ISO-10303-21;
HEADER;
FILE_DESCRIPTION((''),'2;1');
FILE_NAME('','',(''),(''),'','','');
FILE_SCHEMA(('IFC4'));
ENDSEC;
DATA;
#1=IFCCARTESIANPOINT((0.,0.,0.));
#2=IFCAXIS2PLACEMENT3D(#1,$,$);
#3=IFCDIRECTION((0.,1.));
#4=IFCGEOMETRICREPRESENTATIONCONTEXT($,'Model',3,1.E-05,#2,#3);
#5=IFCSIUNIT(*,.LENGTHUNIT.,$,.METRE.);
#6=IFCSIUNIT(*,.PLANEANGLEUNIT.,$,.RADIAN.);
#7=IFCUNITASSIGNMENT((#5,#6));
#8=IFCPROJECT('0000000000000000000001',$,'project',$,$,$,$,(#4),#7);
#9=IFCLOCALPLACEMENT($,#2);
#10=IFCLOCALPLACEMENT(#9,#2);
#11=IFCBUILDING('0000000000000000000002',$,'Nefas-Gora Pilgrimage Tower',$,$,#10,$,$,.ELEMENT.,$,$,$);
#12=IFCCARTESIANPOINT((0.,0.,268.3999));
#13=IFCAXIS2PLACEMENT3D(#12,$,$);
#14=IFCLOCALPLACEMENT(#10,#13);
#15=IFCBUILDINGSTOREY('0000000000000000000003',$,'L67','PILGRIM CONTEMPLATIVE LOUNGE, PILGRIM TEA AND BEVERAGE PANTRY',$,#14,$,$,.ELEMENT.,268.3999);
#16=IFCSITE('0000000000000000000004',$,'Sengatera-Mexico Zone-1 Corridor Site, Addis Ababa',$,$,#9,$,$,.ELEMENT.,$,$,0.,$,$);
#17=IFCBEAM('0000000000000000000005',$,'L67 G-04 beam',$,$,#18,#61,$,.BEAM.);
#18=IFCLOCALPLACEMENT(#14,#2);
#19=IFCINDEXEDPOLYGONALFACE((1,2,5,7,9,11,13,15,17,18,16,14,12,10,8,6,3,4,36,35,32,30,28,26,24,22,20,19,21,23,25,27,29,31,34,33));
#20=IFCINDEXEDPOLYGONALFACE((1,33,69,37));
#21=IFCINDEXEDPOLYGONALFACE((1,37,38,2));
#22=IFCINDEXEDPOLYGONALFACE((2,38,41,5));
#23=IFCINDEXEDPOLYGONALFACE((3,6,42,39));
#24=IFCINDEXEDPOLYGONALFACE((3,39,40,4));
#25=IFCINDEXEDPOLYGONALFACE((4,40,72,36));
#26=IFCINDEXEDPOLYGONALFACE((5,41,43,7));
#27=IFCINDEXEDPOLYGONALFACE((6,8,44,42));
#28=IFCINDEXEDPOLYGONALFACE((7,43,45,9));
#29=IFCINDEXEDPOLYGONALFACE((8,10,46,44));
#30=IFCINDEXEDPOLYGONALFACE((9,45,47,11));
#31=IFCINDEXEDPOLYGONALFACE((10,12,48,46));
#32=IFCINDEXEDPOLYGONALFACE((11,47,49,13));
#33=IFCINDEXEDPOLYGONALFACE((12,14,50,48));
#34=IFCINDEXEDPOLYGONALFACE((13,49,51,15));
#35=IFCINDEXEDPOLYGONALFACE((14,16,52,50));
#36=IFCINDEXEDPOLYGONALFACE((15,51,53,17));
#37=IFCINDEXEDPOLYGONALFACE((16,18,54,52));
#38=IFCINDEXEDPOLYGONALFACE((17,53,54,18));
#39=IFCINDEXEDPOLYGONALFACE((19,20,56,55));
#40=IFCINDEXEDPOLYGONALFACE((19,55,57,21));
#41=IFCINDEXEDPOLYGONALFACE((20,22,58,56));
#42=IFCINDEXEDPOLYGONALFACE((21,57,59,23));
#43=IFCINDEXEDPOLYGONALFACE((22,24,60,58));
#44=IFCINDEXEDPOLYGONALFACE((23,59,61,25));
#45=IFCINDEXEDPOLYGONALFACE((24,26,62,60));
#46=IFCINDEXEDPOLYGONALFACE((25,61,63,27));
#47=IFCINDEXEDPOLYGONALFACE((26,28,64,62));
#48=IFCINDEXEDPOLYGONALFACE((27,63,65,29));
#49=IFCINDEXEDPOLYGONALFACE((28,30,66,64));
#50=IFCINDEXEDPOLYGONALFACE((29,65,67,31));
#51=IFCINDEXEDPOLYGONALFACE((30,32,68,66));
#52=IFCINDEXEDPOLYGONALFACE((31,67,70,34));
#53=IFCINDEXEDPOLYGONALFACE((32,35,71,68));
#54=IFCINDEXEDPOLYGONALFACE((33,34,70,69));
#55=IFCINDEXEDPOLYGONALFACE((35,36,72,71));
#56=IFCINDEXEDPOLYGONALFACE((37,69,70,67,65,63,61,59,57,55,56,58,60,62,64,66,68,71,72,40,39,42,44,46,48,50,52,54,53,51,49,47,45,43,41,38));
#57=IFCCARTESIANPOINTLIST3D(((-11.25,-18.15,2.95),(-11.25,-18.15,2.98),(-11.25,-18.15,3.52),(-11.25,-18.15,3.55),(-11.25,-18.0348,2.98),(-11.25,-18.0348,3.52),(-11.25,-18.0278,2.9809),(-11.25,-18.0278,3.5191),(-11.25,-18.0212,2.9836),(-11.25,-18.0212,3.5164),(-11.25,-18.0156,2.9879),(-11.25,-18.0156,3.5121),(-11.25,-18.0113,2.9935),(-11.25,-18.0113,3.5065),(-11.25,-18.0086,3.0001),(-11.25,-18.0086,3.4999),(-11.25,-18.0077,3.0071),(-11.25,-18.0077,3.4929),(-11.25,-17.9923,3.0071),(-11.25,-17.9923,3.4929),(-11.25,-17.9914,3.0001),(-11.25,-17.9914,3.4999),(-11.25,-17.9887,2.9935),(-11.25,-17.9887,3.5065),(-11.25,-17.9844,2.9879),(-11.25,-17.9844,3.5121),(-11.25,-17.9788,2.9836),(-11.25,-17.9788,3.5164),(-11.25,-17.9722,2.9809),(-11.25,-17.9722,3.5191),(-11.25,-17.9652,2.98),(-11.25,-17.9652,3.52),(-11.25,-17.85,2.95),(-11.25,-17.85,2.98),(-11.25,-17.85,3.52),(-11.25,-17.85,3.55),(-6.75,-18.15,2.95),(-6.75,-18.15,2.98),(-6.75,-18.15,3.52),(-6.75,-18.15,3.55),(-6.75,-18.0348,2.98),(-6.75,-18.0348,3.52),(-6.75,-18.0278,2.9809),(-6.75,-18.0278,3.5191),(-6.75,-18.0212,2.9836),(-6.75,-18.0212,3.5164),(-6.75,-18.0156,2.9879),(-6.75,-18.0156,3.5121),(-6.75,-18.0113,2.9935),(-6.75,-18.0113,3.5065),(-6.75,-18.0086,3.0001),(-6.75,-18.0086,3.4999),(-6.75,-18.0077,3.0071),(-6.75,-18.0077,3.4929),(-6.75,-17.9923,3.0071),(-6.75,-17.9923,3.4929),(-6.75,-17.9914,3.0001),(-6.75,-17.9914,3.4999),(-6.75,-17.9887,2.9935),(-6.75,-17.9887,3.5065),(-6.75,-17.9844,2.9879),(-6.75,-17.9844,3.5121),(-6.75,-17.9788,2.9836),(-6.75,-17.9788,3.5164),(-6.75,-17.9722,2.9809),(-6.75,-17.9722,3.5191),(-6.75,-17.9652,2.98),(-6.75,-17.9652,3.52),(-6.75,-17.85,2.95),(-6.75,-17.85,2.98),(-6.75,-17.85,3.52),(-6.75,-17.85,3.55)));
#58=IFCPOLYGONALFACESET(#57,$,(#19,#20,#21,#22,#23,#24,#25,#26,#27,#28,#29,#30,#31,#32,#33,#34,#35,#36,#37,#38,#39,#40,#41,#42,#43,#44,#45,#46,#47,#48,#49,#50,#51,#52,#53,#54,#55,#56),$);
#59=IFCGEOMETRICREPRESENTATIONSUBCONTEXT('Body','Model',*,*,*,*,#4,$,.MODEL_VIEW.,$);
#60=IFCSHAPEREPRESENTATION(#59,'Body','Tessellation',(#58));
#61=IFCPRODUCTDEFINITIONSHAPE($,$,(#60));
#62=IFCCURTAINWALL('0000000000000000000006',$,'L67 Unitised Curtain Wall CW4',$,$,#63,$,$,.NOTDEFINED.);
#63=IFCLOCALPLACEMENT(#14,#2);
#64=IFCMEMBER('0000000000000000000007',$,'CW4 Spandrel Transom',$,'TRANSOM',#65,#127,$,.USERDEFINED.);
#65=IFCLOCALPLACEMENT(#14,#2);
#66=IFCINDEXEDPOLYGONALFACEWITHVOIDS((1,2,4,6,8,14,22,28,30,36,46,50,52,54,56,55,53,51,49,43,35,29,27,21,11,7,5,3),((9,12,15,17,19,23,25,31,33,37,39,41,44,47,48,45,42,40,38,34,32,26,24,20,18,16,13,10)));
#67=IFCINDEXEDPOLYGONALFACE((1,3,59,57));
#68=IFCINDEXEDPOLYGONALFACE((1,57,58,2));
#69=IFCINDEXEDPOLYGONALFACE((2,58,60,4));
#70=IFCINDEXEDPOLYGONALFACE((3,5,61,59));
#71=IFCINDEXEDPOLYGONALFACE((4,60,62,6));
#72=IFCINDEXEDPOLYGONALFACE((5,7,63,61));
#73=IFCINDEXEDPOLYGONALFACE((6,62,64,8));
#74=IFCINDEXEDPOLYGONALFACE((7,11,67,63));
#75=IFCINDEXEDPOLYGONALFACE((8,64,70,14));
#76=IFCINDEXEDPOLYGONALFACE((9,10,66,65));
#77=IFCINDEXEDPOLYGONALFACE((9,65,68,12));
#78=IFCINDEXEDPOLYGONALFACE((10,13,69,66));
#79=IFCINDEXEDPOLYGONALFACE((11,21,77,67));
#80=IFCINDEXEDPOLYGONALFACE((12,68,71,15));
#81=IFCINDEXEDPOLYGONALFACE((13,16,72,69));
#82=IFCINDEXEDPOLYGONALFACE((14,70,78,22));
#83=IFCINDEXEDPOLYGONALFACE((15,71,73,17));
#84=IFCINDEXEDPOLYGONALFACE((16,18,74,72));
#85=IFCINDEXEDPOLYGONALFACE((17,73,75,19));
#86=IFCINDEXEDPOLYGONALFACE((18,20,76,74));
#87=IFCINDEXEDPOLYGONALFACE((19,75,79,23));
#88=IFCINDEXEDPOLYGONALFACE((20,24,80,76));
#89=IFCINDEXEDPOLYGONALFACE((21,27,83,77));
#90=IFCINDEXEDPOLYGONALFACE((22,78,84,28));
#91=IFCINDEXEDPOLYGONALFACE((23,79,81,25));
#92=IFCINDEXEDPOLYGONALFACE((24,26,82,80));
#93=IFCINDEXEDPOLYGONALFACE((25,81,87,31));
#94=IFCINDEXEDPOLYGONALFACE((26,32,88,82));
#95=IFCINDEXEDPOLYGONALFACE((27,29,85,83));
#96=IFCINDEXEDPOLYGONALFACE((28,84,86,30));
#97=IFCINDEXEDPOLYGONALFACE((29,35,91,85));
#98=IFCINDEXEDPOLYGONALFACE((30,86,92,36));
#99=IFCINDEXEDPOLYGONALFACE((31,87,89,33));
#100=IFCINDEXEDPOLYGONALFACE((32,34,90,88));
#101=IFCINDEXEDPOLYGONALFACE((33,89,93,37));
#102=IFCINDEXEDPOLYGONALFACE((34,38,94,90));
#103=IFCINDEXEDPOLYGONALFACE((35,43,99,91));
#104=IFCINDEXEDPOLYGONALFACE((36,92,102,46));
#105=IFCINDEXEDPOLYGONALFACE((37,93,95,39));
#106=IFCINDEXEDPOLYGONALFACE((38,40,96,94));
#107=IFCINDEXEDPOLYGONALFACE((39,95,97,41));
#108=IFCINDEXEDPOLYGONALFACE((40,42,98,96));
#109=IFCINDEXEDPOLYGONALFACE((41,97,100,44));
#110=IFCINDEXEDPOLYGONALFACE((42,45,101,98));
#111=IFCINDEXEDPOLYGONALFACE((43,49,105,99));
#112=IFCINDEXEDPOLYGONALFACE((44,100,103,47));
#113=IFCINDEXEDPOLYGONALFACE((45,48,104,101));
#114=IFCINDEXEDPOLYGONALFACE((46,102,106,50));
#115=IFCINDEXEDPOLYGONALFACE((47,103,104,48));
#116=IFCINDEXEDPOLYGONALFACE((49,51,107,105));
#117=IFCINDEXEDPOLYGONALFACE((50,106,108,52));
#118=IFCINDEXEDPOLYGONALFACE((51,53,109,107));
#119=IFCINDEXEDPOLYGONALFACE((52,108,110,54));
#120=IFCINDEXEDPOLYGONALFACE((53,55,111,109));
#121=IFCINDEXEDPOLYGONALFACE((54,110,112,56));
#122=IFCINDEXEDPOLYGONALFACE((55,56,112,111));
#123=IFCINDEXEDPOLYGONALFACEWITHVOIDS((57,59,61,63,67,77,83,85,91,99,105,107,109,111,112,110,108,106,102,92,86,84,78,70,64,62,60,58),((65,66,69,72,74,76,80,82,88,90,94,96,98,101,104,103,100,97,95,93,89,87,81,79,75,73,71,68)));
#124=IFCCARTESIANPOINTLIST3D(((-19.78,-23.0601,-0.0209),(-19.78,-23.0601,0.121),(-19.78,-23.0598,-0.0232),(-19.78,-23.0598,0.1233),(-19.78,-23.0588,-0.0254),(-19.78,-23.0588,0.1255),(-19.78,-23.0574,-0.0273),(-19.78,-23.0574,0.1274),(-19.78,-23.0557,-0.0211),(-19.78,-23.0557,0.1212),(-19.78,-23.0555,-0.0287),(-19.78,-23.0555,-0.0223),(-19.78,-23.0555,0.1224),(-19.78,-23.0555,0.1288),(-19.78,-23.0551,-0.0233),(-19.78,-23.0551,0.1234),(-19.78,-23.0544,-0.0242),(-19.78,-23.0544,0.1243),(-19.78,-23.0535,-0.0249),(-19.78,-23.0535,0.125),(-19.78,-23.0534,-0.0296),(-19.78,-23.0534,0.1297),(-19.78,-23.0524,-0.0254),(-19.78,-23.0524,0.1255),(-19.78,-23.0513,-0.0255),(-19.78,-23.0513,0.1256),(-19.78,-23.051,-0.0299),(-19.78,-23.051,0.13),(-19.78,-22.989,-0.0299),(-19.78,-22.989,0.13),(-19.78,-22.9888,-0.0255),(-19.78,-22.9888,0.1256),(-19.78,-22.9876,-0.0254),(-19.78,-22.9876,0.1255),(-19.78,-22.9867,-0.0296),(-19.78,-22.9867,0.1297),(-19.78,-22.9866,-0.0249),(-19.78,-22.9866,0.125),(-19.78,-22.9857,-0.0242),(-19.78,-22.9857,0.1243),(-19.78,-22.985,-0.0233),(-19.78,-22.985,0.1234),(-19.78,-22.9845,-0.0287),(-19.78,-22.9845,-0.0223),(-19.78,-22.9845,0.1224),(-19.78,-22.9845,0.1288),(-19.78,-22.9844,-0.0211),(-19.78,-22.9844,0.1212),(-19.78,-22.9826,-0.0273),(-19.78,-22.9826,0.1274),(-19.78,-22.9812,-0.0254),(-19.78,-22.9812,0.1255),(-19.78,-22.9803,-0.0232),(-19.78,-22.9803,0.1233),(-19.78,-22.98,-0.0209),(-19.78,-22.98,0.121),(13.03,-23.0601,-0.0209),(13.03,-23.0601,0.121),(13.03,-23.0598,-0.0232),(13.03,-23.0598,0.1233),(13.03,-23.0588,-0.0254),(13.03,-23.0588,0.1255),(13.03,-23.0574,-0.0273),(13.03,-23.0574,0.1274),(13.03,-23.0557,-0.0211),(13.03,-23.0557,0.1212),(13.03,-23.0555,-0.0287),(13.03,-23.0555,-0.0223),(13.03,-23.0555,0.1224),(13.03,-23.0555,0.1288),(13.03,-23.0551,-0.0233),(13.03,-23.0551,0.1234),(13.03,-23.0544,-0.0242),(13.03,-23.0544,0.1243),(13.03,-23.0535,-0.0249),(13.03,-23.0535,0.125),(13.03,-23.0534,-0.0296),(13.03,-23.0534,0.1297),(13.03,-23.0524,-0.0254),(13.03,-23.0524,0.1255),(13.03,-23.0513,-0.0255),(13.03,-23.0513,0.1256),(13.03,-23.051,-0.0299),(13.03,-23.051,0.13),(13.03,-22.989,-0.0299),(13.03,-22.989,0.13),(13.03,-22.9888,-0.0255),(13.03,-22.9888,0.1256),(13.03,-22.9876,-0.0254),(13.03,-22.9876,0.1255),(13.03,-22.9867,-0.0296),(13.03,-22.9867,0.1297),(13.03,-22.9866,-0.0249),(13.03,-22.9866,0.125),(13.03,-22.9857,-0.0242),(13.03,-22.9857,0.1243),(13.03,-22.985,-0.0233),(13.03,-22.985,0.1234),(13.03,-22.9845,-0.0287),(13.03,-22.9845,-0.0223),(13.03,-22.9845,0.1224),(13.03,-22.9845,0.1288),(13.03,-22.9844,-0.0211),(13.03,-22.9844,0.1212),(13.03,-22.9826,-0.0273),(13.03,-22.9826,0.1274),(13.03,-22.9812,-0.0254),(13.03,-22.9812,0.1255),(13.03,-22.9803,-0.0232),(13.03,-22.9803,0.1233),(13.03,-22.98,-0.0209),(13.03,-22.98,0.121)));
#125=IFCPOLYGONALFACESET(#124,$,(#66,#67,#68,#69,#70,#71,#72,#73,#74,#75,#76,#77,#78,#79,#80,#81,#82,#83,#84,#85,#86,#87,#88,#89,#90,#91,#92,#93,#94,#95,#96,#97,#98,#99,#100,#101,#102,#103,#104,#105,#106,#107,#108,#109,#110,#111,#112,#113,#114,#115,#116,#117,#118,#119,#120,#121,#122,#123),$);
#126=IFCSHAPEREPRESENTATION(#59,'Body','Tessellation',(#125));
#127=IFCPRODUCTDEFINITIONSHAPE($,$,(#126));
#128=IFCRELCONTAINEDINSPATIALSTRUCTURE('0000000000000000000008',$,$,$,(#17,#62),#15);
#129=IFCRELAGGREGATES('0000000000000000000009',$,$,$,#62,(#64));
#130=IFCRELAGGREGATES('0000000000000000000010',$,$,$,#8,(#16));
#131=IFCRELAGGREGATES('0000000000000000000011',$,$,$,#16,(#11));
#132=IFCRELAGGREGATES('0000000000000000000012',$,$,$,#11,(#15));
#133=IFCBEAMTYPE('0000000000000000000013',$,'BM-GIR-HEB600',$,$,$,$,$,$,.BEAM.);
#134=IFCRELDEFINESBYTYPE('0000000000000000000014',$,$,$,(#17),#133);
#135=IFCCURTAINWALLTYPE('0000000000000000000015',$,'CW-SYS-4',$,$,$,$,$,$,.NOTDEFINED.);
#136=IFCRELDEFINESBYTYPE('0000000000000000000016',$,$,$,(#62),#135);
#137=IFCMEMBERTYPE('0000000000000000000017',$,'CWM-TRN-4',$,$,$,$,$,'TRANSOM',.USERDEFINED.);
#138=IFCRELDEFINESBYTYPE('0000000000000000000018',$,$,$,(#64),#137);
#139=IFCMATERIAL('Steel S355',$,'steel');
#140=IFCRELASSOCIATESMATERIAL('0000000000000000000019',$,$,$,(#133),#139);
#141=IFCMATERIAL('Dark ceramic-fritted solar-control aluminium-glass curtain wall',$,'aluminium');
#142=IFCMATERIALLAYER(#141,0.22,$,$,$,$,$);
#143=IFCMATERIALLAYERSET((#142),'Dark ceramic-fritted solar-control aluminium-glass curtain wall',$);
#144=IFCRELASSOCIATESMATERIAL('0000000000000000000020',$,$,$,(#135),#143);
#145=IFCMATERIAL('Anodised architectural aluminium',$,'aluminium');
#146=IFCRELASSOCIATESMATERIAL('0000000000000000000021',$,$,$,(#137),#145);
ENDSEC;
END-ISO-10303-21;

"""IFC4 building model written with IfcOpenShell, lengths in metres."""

from ifc_helpers import new_model, si_unit, direction, frame, origin, origin_2d, place, context, subcontext, project, spatial, hollow_rectangle, i_section, extrude, source, transform, mapped, material, layer, layer_set, material_profile, profile_set, type_object, element, aggregate, save


model = new_model("IFC4")

# Units and contexts
model_context = context("Model", 3, precision=1e-05, world=origin(), true_north=direction((0.0, 1.0)))
body_context = subcontext(model_context, "Body", "Model", "MODEL_VIEW")
ifc_project = project(units=[si_unit("LENGTHUNIT", "METRE"), si_unit("PLANEANGLEUNIT", "RADIAN")], contexts=[model_context])

# Site, building, storey
site_placement = place(None, origin())
site = spatial("IfcSite", under=ifc_project, at=site_placement, Name="Sengatera-Mexico Zone-1 Corridor Site, Addis Ababa", CompositionType="ELEMENT", RefElevation=0.0)
building_placement = place(site_placement, origin())
building = spatial("IfcBuilding", under=site, at=building_placement, Name="Nefas-Gora Pilgrimage Tower", CompositionType="ELEMENT")
storey_placement = place(building_placement, frame((0.0, 0.0, 268.3999)))
storey = spatial("IfcBuildingStorey", under=building, at=storey_placement, Name="L67", Description="PILGRIM CONTEMPLATIVE LOUNGE, PILGRIM TEA AND BEVERAGE PANTRY", CompositionType="ELEMENT", Elevation=268.3999)

# Shared definitions
ifc_material_1 = material(Name="Steel S355", Category="steel")

# Beam
ifc_material_profile_1 = material_profile(ifc_material_1, i_section(OverallWidth=0.3, OverallDepth=0.6001, WebThickness=0.0154, FlangeThickness=0.03, FilletRadius=0.0271, at=origin_2d()), Name="HEB 600")
ifc_profile_set_1 = profile_set([ifc_material_profile_1], Name="Steel S355")
beam_type_1 = type_object("IfcBeamType", Name="BM-GIR-HEB600", PredefinedType="BEAM", material=ifc_profile_set_1)
shared_shape_1 = source(origin(), body_context, "Body", "SweptSolid", [
    extrude(i_section(OverallWidth=0.3, OverallDepth=0.6001, WebThickness=0.0154, FlangeThickness=0.03, FilletRadius=0.0271, at=origin_2d()), origin(), (0.0, 0.0, 1.0), 4.5),
])
for number, where, z_axis, x_axis, name in (
    (1, (-11.25, -18.0, 3.25), (1.0, 0.0, 0.0), (0.0, 1.0, 0.0), "L67 G-04 beam"),
):
    element("IfcBeam", number, at=place(storey_placement, frame(where, z_axis=z_axis, x_axis=x_axis)), inside=storey, type_object=beam_type_1, Name=name, PredefinedType="BEAM", context=body_context, shape_type="MappedRepresentation", body=[
        mapped(shared_shape_1, transform((0.0, 0.0, 0.0), x_axis=(1.0, 0.0, 0.0), y_axis=(0.0, 1.0, 0.0), z_axis=(0.0, 0.0, 1.0), scale=1.0)),
    ])

# Curtain wall, member
ifc_material_2 = material(Name="Dark ceramic-fritted solar-control aluminium-glass curtain wall", Category="aluminium")
ifc_layer_1 = layer(ifc_material_2, 0.22)
ifc_layer_set_1 = layer_set([ifc_layer_1], Name="Dark ceramic-fritted solar-control aluminium-glass curtain wall")
curtain_wall_type = type_object("IfcCurtainWallType", Name="CW-SYS-4", PredefinedType="NOTDEFINED", material=ifc_layer_set_1)
curtain_wall_1_placement = place(storey_placement, origin())
curtain_wall_1 = element("IfcCurtainWall", 2, at=curtain_wall_1_placement, inside=storey, type_object=curtain_wall_type, Name="L67 Unitised Curtain Wall CW4", PredefinedType="NOTDEFINED")
ifc_material_3 = material(Name="Anodised architectural aluminium", Category="aluminium")
ifc_material_profile_2 = material_profile(ifc_material_3, hollow_rectangle(XDim=0.0801, YDim=0.1599, WallThickness=0.0044, InnerFilletRadius=0.0044, OuterFilletRadius=0.009, at=origin_2d()), Name="ALU TRANSOM 80x160")
ifc_profile_set_2 = profile_set([ifc_material_profile_2], Name="Anodised architectural aluminium")
member_type_1 = type_object("IfcMemberType", Name="CWM-TRN-4", ElementType="TRANSOM", PredefinedType="USERDEFINED", material=ifc_profile_set_2)
shared_shape_2 = source(origin(), body_context, "Body", "SweptSolid", [
    extrude(hollow_rectangle(XDim=0.0801, YDim=0.1599, WallThickness=0.0044, InnerFilletRadius=0.0044, OuterFilletRadius=0.009, at=origin_2d()), origin(), (0.0, 0.0, 1.0), 32.8101),
])
member_1_placement = place(storey_placement, frame((-19.78, -23.02, 0.05), z_axis=(1.0, 0.0, 0.0), x_axis=(0.0, 1.0, 0.0)))
member_1 = element("IfcMember", 3, at=member_1_placement, type_object=member_type_1, Name="CW4 Spandrel Transom", ObjectType="TRANSOM", PredefinedType="USERDEFINED", context=body_context, shape_type="MappedRepresentation", body=[
    mapped(shared_shape_2, transform((0.0, 0.0, 0.0), x_axis=(1.0, 0.0, 0.0), y_axis=(0.0, 1.0, 0.0), z_axis=(0.0, 0.0, 1.0), scale=1.0)),
])

aggregate(curtain_wall_1, [member_1])

save(model, "model.ifc")
